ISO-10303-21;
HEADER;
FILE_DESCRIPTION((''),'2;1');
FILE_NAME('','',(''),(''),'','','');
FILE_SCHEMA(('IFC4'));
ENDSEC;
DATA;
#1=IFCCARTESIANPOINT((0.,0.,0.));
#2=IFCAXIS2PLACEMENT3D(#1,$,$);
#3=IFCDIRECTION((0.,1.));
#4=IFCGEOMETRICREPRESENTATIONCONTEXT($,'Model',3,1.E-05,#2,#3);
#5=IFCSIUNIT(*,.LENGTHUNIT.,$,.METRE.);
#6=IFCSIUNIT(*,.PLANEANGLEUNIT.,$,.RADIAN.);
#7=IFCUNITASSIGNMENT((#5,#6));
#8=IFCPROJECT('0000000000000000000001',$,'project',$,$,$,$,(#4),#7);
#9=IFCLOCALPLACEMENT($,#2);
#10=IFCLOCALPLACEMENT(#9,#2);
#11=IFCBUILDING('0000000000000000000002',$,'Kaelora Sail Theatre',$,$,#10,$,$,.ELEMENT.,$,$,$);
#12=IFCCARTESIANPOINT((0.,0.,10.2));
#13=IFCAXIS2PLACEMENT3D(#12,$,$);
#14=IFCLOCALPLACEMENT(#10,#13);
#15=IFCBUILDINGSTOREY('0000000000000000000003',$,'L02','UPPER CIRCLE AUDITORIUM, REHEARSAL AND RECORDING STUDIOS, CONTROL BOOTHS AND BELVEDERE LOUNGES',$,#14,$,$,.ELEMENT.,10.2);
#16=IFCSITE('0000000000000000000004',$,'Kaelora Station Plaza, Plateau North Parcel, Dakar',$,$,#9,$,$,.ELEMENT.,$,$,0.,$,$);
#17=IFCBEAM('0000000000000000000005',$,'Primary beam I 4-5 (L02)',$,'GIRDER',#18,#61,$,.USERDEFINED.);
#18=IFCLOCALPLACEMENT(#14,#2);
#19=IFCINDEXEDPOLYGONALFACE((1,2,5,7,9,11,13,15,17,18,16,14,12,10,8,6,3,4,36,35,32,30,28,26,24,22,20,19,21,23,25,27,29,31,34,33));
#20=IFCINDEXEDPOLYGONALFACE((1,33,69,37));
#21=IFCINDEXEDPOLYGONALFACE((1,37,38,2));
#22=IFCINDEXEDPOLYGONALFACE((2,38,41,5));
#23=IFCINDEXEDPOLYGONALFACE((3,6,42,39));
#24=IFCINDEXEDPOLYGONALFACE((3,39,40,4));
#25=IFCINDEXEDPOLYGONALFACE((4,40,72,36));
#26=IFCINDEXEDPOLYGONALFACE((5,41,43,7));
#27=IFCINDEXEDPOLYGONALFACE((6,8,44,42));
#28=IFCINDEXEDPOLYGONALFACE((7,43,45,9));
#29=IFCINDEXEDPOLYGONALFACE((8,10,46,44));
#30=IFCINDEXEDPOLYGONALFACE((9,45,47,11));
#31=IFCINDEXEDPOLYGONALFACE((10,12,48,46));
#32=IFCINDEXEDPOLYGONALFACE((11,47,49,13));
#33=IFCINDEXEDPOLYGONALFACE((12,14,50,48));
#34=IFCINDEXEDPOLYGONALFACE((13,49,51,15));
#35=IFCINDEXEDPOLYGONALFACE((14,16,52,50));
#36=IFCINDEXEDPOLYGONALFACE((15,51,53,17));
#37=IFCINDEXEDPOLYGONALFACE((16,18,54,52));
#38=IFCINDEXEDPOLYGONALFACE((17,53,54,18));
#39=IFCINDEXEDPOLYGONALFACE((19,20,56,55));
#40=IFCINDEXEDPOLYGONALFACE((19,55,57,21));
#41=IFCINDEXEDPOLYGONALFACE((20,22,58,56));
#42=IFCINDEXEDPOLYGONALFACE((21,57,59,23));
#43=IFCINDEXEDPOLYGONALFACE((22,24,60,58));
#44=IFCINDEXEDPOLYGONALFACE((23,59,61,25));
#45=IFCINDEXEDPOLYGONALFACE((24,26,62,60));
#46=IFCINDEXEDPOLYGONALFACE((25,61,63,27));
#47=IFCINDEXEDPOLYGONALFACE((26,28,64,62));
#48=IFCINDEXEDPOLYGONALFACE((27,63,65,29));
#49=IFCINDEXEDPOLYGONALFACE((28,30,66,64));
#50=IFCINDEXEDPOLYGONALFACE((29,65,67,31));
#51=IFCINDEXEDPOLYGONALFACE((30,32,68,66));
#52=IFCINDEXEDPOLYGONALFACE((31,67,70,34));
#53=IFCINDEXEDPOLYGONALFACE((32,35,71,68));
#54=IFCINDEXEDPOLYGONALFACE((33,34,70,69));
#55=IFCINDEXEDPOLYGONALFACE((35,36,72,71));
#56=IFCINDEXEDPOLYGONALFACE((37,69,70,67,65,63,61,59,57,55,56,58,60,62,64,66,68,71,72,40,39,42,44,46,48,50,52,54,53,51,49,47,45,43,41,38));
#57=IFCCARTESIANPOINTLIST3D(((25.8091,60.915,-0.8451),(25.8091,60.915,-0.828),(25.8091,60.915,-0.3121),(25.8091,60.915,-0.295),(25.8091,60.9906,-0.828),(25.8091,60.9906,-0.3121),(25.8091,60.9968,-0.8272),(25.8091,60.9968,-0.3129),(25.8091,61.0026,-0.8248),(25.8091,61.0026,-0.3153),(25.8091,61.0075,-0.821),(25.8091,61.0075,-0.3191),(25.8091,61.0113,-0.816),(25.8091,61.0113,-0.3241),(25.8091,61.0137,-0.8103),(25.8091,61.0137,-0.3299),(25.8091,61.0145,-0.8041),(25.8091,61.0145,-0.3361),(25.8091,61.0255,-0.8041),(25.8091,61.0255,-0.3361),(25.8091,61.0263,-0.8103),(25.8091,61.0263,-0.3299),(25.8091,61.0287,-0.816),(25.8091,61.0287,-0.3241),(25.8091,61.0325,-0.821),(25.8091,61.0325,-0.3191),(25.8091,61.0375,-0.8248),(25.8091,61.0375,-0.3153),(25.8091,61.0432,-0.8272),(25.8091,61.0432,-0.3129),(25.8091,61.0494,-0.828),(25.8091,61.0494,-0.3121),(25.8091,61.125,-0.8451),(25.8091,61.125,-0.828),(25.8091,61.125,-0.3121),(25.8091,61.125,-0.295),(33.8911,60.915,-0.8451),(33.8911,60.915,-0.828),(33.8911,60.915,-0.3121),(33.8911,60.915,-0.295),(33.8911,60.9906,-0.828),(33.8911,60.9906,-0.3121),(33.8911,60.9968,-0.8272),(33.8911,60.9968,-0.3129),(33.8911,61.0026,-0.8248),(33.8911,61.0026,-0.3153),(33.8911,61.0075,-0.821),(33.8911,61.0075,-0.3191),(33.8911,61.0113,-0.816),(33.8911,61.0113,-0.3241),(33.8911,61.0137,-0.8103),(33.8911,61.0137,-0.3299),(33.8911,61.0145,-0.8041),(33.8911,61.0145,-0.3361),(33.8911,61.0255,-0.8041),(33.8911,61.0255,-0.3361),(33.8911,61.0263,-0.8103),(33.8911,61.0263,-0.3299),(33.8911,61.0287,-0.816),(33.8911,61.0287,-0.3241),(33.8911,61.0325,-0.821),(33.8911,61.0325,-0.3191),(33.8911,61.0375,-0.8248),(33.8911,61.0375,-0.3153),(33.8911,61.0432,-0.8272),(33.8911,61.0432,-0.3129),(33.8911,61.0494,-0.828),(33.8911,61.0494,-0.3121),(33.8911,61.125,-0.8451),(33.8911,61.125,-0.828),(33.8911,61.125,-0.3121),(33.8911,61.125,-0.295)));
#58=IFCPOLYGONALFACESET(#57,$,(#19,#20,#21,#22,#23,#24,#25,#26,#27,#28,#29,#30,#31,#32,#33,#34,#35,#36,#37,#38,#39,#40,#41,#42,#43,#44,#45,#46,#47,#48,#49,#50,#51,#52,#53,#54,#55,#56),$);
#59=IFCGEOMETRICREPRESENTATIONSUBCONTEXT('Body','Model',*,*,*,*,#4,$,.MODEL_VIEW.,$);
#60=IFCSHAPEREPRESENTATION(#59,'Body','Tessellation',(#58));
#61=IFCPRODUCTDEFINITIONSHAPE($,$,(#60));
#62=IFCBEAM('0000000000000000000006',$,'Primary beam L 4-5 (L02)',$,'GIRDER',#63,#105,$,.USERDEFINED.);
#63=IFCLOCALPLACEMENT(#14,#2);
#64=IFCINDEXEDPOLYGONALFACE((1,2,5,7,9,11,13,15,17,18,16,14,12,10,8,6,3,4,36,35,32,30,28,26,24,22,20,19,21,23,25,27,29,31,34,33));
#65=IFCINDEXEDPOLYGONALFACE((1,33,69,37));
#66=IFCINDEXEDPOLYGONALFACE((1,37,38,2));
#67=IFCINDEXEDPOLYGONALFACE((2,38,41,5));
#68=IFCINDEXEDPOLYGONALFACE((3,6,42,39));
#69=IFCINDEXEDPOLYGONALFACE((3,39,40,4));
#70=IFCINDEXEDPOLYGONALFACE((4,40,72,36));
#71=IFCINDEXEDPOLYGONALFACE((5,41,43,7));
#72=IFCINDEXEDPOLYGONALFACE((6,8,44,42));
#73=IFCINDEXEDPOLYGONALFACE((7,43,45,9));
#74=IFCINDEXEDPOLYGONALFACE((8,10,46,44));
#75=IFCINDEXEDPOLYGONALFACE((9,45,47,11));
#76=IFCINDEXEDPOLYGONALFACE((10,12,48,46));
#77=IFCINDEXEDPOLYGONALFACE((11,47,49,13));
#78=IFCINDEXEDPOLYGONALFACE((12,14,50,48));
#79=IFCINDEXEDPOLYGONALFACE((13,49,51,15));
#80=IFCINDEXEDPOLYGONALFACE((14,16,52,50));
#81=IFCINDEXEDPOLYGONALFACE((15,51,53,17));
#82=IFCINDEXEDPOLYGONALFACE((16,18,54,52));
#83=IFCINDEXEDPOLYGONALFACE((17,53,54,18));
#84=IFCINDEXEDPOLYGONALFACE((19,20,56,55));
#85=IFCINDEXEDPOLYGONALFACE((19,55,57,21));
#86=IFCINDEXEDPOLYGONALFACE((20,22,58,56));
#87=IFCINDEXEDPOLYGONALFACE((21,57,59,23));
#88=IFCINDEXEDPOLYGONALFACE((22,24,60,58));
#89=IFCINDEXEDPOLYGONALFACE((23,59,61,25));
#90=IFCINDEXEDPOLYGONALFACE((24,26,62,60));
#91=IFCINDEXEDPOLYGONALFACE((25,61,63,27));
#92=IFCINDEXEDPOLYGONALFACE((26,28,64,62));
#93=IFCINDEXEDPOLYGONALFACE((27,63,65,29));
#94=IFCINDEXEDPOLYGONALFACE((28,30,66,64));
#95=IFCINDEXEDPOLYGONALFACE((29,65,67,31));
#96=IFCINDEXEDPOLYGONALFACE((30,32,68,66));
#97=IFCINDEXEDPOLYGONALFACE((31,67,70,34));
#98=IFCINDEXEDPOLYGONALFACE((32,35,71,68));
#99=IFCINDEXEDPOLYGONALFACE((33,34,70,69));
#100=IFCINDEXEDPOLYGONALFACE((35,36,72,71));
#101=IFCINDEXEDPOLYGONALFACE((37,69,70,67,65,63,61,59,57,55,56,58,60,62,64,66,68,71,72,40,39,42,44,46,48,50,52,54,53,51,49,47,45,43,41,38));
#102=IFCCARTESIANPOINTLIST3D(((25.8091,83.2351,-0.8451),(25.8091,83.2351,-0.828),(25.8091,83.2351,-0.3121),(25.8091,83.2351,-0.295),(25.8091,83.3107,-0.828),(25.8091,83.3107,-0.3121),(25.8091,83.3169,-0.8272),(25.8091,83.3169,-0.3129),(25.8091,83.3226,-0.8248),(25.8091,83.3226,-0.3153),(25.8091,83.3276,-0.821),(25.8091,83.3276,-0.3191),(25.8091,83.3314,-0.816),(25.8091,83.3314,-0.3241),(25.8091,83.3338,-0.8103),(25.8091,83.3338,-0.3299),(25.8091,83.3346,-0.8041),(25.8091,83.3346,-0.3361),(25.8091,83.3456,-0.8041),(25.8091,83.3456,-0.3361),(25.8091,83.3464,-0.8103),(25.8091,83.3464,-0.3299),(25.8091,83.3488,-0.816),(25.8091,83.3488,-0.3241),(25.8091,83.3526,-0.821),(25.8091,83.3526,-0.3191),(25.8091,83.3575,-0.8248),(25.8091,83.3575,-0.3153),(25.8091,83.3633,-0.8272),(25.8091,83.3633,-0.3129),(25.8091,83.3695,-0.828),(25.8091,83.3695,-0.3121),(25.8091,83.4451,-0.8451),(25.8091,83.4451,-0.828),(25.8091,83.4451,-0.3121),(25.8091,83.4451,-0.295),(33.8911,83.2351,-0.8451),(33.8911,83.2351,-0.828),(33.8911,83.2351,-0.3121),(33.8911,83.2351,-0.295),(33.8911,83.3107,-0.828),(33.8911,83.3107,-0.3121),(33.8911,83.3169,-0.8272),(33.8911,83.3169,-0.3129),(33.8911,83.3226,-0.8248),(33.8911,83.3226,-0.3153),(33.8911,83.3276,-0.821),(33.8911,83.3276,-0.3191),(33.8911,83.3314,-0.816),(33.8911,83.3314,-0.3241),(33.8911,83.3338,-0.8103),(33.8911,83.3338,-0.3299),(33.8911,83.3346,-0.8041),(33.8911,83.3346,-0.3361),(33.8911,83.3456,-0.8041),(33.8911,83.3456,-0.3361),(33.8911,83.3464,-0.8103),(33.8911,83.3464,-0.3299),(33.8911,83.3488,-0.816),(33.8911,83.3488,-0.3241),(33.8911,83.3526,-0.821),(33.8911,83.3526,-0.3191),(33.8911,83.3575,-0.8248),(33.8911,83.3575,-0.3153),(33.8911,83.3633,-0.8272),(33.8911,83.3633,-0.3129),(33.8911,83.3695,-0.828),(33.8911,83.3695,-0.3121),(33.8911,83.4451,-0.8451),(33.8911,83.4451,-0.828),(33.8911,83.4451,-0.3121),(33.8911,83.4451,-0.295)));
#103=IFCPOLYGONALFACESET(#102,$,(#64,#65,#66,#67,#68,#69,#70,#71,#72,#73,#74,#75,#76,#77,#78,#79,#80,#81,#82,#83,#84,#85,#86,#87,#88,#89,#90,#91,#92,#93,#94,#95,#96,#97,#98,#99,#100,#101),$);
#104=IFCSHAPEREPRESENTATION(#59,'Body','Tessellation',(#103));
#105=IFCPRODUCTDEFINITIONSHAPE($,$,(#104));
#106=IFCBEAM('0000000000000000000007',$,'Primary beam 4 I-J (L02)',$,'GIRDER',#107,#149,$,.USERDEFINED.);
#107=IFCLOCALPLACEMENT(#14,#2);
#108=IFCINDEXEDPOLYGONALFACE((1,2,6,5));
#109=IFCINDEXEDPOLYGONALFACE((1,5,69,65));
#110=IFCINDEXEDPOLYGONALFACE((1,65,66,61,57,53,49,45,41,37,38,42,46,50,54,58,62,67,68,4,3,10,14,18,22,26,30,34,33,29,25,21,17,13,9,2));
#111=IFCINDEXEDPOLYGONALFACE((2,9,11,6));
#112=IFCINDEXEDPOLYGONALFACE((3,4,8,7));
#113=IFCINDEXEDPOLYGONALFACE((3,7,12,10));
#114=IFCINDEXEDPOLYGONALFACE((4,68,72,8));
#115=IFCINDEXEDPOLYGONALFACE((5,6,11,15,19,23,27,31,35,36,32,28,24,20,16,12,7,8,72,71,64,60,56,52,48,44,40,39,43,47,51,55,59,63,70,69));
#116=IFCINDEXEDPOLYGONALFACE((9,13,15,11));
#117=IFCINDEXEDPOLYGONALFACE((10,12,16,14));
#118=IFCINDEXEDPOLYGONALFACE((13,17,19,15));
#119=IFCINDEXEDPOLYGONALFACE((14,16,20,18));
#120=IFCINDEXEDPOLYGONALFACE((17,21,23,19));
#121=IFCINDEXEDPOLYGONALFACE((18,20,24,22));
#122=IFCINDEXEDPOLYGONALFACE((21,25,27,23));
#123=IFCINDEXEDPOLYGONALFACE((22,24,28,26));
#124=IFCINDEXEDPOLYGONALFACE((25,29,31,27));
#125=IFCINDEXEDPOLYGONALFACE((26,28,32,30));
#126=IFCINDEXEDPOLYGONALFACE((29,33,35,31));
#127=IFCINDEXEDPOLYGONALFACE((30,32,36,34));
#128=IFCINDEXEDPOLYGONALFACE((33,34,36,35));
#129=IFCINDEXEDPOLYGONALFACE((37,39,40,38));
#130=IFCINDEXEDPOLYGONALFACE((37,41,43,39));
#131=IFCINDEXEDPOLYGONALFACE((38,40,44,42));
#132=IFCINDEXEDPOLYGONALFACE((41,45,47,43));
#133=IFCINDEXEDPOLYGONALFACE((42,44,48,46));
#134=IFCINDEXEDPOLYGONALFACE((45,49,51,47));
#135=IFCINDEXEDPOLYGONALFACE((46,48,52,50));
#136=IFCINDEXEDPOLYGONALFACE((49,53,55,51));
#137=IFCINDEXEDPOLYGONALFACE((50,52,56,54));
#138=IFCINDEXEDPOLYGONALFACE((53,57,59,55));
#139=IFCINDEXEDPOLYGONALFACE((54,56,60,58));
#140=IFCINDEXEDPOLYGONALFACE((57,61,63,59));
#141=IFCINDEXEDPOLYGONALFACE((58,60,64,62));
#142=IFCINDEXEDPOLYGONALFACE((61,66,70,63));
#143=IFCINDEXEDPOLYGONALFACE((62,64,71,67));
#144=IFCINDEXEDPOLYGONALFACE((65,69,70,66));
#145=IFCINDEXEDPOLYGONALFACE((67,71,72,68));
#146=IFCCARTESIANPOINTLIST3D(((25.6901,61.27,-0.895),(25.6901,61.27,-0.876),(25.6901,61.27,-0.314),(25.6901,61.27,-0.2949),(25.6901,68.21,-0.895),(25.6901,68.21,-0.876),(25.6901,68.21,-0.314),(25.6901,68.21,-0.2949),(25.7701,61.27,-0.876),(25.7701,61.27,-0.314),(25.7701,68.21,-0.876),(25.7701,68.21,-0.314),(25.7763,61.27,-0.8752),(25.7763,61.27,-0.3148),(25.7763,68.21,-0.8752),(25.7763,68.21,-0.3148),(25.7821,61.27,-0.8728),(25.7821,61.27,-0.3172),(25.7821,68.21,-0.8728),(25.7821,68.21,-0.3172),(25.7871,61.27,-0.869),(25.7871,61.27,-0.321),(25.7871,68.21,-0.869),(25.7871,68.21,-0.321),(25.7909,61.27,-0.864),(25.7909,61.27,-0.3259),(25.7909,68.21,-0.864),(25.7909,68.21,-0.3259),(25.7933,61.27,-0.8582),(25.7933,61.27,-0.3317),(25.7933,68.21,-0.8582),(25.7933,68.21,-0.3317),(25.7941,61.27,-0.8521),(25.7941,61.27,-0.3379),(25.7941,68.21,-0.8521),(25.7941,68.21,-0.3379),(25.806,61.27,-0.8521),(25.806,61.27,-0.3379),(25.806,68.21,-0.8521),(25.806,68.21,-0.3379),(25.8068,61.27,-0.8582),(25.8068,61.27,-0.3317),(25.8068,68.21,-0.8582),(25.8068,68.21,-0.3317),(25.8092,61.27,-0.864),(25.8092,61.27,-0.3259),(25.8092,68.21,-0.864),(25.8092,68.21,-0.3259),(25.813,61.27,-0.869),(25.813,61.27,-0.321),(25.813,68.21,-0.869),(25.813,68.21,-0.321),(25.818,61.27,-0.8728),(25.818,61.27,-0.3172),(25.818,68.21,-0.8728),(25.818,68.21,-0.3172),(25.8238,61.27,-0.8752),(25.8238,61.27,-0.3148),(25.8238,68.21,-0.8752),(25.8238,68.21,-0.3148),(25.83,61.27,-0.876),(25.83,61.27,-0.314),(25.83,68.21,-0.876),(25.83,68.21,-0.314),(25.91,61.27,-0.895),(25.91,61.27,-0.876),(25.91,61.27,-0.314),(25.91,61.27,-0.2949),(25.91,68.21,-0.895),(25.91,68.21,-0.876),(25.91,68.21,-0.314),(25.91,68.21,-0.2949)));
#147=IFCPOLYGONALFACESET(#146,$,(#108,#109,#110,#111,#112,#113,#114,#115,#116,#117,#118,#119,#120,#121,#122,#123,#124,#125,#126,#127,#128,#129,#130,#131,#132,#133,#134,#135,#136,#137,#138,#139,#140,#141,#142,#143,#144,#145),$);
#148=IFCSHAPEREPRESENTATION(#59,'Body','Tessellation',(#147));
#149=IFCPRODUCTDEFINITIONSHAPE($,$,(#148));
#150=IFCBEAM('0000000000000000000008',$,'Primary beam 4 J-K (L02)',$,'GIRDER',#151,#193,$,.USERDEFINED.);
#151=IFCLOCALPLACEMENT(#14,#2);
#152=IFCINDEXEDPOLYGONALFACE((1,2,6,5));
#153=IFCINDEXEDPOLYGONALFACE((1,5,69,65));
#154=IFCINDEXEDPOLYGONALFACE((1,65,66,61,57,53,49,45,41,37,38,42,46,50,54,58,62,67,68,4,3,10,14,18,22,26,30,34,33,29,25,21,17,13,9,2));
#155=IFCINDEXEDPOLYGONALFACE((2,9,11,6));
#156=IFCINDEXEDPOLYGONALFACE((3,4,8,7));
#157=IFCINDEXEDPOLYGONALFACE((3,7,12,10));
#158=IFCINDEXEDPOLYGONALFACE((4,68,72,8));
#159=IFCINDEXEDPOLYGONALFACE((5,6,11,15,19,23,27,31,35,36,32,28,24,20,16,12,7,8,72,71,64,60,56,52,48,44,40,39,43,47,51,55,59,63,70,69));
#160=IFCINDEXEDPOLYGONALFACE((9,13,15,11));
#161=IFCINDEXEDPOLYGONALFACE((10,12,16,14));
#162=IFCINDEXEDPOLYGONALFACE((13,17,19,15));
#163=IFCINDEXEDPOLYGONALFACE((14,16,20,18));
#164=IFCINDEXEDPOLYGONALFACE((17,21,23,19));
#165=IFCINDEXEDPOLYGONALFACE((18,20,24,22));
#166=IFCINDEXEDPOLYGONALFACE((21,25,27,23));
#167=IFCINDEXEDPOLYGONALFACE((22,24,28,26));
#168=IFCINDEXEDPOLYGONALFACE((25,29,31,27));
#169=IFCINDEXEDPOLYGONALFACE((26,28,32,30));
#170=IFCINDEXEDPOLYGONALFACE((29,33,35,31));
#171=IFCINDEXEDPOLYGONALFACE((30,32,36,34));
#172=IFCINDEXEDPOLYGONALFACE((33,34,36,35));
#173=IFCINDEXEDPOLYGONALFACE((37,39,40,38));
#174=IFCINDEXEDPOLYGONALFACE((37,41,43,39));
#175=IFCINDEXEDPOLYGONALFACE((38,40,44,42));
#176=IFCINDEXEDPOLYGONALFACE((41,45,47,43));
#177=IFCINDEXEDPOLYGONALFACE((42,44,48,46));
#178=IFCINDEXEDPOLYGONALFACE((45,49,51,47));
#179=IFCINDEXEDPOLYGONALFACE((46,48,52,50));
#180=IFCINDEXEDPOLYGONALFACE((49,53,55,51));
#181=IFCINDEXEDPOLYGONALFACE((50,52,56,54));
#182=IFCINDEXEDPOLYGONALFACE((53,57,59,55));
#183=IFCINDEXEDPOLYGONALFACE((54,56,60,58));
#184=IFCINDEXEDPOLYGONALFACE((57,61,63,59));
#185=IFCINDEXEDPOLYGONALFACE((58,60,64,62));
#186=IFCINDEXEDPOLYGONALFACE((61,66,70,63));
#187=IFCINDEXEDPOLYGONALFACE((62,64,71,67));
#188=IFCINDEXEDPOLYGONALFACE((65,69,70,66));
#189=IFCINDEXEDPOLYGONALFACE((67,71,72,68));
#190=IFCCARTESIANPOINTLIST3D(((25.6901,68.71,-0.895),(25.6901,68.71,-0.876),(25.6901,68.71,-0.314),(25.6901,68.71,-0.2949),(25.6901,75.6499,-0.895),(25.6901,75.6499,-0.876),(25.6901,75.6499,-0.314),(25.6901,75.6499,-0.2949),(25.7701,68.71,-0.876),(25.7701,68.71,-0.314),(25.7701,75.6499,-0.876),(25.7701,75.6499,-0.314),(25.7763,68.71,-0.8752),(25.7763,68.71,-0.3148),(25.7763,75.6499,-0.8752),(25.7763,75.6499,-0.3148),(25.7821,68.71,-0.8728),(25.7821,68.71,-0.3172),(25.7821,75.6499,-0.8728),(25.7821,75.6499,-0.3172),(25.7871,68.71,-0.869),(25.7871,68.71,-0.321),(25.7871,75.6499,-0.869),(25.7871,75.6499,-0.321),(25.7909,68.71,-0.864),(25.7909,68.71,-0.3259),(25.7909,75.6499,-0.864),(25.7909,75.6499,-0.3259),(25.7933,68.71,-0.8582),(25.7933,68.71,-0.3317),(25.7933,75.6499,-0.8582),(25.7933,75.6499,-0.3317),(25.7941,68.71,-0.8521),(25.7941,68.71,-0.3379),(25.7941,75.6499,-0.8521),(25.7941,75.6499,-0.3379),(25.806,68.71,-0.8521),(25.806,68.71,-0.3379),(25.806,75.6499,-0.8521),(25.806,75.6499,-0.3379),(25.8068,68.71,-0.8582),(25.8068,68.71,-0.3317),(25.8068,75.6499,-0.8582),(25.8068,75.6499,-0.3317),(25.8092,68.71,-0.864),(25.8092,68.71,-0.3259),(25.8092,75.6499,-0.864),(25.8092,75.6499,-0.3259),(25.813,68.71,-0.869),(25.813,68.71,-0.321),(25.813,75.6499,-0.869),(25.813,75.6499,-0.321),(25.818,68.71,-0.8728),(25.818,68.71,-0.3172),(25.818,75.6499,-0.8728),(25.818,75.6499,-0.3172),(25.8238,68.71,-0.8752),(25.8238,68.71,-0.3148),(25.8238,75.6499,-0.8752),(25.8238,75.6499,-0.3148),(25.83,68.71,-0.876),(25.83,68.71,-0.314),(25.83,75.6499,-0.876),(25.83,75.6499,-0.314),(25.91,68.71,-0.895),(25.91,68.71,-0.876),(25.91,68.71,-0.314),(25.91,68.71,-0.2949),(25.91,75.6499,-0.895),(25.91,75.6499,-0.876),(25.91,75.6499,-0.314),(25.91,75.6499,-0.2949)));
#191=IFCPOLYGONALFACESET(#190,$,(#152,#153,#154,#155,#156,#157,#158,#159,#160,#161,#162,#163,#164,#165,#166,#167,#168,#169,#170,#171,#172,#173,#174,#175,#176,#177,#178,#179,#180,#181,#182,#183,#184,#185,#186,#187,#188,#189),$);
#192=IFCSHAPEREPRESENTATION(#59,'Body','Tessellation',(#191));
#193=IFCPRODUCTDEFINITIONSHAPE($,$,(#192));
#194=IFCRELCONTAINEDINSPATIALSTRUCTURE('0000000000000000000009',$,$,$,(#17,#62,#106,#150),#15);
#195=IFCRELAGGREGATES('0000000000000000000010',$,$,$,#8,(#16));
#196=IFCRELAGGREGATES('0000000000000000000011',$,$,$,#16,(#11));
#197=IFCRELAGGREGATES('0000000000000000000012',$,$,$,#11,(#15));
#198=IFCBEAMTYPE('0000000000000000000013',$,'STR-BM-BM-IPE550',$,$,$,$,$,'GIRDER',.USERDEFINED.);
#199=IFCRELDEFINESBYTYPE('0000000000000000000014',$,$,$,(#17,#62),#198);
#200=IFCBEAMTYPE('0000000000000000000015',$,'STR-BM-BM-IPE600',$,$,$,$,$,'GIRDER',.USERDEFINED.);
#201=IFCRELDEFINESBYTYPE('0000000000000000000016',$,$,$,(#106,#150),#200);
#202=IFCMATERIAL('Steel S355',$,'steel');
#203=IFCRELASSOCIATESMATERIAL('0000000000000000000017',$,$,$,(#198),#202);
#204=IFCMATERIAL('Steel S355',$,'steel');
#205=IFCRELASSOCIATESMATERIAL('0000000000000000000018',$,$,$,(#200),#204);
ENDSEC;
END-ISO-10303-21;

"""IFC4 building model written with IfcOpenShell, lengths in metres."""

from ifc_helpers import new_model, si_unit, direction, frame, origin, origin_2d, place, context, subcontext, project, spatial, i_section, extrude, material, material_profile, profile_set, type_object, element, save


model = new_model("IFC4")

# Units and contexts
model_context = context("Model", 3, precision=1e-05, world=origin(), true_north=direction((0.0, 1.0)))
body_context = subcontext(model_context, "Body", "Model", "MODEL_VIEW")
ifc_project = project(units=[si_unit("LENGTHUNIT", "METRE"), si_unit("PLANEANGLEUNIT", "RADIAN")], contexts=[model_context])

# Site, building, storey
site_placement = place(None, origin())
site = spatial("IfcSite", under=ifc_project, at=site_placement, Name="Kaelora Station Plaza, Plateau North Parcel, Dakar", CompositionType="ELEMENT", RefElevation=0.0)
building_placement = place(site_placement, origin())
building = spatial("IfcBuilding", under=site, at=building_placement, Name="Kaelora Sail Theatre", CompositionType="ELEMENT")
storey_placement = place(building_placement, frame((0.0, 0.0, 10.2)))
storey = spatial("IfcBuildingStorey", under=building, at=storey_placement, Name="L02", Description="UPPER CIRCLE AUDITORIUM, REHEARSAL AND RECORDING STUDIOS, CONTROL BOOTHS AND BELVEDERE LOUNGES", CompositionType="ELEMENT", Elevation=10.2)

# Beams
ifc_material_1 = material(Name="Steel S355", Category="steel")
ifc_material_profile_1 = material_profile(ifc_material_1, i_section(OverallWidth=0.21, OverallDepth=0.55, WebThickness=0.011, FlangeThickness=0.0171, FilletRadius=0.0239, at=origin_2d()), Name="IPE 550")
ifc_profile_set_1 = profile_set([ifc_material_profile_1], Name="Steel S355")
beam_type_1 = type_object("IfcBeamType", Name="STR-BM-BM-IPE550", ElementType="GIRDER", PredefinedType="USERDEFINED", material=ifc_profile_set_1)
for number, where, z_axis, x_axis, name in (
    (1, (25.8091, 61.02, -0.5701), (1.0, 0.0, 0.0), (0.0, 1.0, 0.0), "Primary beam I 4-5 (L02)"),
    (2, (25.8091, 83.3401, -0.5701), (1.0, 0.0, 0.0), (0.0, 1.0, 0.0), "Primary beam L 4-5 (L02)"),
):
    element("IfcBeam", number, at=place(storey_placement, frame(where, z_axis=z_axis, x_axis=x_axis)), inside=storey, type_object=beam_type_1, Name=name, ObjectType="GIRDER", PredefinedType="USERDEFINED", context=body_context, shape_type="SweptSolid", body=[
        extrude(i_section(OverallWidth=0.21, OverallDepth=0.55, WebThickness=0.011, FlangeThickness=0.0171, FilletRadius=0.0239, at=origin_2d()), origin(), (0.0, 0.0, 1.0), 8.082),
    ])
ifc_material_2 = material(Name="Steel S355", Category="steel")
ifc_material_profile_2 = material_profile(ifc_material_2, i_section(OverallWidth=0.22, OverallDepth=0.6001, WebThickness=0.012, FlangeThickness=0.019, FilletRadius=0.0239, at=origin_2d()), Name="IPE 600")
ifc_profile_set_2 = profile_set([ifc_material_profile_2], Name="Steel S355")
beam_type_2 = type_object("IfcBeamType", Name="STR-BM-BM-IPE600", ElementType="GIRDER", PredefinedType="USERDEFINED", material=ifc_profile_set_2)
for number, where, z_axis, x_axis, name in (
    (3, (25.8, 61.27, -0.595), (0.0, 1.0, 0.0), (-1.0, 0.0, 0.0), "Primary beam 4 I-J (L02)"),
    (4, (25.8, 68.71, -0.595), (0.0, 1.0, 0.0), (-1.0, 0.0, 0.0), "Primary beam 4 J-K (L02)"),
):
    element("IfcBeam", number, at=place(storey_placement, frame(where, z_axis=z_axis, x_axis=x_axis)), inside=storey, type_object=beam_type_2, Name=name, ObjectType="GIRDER", PredefinedType="USERDEFINED", context=body_context, shape_type="SweptSolid", body=[
        extrude(i_section(OverallWidth=0.22, OverallDepth=0.6001, WebThickness=0.012, FlangeThickness=0.019, FilletRadius=0.0239, at=origin_2d()), origin(), (0.0, 0.0, 1.0), 6.9399),
    ])

save(model, "model.ifc")
